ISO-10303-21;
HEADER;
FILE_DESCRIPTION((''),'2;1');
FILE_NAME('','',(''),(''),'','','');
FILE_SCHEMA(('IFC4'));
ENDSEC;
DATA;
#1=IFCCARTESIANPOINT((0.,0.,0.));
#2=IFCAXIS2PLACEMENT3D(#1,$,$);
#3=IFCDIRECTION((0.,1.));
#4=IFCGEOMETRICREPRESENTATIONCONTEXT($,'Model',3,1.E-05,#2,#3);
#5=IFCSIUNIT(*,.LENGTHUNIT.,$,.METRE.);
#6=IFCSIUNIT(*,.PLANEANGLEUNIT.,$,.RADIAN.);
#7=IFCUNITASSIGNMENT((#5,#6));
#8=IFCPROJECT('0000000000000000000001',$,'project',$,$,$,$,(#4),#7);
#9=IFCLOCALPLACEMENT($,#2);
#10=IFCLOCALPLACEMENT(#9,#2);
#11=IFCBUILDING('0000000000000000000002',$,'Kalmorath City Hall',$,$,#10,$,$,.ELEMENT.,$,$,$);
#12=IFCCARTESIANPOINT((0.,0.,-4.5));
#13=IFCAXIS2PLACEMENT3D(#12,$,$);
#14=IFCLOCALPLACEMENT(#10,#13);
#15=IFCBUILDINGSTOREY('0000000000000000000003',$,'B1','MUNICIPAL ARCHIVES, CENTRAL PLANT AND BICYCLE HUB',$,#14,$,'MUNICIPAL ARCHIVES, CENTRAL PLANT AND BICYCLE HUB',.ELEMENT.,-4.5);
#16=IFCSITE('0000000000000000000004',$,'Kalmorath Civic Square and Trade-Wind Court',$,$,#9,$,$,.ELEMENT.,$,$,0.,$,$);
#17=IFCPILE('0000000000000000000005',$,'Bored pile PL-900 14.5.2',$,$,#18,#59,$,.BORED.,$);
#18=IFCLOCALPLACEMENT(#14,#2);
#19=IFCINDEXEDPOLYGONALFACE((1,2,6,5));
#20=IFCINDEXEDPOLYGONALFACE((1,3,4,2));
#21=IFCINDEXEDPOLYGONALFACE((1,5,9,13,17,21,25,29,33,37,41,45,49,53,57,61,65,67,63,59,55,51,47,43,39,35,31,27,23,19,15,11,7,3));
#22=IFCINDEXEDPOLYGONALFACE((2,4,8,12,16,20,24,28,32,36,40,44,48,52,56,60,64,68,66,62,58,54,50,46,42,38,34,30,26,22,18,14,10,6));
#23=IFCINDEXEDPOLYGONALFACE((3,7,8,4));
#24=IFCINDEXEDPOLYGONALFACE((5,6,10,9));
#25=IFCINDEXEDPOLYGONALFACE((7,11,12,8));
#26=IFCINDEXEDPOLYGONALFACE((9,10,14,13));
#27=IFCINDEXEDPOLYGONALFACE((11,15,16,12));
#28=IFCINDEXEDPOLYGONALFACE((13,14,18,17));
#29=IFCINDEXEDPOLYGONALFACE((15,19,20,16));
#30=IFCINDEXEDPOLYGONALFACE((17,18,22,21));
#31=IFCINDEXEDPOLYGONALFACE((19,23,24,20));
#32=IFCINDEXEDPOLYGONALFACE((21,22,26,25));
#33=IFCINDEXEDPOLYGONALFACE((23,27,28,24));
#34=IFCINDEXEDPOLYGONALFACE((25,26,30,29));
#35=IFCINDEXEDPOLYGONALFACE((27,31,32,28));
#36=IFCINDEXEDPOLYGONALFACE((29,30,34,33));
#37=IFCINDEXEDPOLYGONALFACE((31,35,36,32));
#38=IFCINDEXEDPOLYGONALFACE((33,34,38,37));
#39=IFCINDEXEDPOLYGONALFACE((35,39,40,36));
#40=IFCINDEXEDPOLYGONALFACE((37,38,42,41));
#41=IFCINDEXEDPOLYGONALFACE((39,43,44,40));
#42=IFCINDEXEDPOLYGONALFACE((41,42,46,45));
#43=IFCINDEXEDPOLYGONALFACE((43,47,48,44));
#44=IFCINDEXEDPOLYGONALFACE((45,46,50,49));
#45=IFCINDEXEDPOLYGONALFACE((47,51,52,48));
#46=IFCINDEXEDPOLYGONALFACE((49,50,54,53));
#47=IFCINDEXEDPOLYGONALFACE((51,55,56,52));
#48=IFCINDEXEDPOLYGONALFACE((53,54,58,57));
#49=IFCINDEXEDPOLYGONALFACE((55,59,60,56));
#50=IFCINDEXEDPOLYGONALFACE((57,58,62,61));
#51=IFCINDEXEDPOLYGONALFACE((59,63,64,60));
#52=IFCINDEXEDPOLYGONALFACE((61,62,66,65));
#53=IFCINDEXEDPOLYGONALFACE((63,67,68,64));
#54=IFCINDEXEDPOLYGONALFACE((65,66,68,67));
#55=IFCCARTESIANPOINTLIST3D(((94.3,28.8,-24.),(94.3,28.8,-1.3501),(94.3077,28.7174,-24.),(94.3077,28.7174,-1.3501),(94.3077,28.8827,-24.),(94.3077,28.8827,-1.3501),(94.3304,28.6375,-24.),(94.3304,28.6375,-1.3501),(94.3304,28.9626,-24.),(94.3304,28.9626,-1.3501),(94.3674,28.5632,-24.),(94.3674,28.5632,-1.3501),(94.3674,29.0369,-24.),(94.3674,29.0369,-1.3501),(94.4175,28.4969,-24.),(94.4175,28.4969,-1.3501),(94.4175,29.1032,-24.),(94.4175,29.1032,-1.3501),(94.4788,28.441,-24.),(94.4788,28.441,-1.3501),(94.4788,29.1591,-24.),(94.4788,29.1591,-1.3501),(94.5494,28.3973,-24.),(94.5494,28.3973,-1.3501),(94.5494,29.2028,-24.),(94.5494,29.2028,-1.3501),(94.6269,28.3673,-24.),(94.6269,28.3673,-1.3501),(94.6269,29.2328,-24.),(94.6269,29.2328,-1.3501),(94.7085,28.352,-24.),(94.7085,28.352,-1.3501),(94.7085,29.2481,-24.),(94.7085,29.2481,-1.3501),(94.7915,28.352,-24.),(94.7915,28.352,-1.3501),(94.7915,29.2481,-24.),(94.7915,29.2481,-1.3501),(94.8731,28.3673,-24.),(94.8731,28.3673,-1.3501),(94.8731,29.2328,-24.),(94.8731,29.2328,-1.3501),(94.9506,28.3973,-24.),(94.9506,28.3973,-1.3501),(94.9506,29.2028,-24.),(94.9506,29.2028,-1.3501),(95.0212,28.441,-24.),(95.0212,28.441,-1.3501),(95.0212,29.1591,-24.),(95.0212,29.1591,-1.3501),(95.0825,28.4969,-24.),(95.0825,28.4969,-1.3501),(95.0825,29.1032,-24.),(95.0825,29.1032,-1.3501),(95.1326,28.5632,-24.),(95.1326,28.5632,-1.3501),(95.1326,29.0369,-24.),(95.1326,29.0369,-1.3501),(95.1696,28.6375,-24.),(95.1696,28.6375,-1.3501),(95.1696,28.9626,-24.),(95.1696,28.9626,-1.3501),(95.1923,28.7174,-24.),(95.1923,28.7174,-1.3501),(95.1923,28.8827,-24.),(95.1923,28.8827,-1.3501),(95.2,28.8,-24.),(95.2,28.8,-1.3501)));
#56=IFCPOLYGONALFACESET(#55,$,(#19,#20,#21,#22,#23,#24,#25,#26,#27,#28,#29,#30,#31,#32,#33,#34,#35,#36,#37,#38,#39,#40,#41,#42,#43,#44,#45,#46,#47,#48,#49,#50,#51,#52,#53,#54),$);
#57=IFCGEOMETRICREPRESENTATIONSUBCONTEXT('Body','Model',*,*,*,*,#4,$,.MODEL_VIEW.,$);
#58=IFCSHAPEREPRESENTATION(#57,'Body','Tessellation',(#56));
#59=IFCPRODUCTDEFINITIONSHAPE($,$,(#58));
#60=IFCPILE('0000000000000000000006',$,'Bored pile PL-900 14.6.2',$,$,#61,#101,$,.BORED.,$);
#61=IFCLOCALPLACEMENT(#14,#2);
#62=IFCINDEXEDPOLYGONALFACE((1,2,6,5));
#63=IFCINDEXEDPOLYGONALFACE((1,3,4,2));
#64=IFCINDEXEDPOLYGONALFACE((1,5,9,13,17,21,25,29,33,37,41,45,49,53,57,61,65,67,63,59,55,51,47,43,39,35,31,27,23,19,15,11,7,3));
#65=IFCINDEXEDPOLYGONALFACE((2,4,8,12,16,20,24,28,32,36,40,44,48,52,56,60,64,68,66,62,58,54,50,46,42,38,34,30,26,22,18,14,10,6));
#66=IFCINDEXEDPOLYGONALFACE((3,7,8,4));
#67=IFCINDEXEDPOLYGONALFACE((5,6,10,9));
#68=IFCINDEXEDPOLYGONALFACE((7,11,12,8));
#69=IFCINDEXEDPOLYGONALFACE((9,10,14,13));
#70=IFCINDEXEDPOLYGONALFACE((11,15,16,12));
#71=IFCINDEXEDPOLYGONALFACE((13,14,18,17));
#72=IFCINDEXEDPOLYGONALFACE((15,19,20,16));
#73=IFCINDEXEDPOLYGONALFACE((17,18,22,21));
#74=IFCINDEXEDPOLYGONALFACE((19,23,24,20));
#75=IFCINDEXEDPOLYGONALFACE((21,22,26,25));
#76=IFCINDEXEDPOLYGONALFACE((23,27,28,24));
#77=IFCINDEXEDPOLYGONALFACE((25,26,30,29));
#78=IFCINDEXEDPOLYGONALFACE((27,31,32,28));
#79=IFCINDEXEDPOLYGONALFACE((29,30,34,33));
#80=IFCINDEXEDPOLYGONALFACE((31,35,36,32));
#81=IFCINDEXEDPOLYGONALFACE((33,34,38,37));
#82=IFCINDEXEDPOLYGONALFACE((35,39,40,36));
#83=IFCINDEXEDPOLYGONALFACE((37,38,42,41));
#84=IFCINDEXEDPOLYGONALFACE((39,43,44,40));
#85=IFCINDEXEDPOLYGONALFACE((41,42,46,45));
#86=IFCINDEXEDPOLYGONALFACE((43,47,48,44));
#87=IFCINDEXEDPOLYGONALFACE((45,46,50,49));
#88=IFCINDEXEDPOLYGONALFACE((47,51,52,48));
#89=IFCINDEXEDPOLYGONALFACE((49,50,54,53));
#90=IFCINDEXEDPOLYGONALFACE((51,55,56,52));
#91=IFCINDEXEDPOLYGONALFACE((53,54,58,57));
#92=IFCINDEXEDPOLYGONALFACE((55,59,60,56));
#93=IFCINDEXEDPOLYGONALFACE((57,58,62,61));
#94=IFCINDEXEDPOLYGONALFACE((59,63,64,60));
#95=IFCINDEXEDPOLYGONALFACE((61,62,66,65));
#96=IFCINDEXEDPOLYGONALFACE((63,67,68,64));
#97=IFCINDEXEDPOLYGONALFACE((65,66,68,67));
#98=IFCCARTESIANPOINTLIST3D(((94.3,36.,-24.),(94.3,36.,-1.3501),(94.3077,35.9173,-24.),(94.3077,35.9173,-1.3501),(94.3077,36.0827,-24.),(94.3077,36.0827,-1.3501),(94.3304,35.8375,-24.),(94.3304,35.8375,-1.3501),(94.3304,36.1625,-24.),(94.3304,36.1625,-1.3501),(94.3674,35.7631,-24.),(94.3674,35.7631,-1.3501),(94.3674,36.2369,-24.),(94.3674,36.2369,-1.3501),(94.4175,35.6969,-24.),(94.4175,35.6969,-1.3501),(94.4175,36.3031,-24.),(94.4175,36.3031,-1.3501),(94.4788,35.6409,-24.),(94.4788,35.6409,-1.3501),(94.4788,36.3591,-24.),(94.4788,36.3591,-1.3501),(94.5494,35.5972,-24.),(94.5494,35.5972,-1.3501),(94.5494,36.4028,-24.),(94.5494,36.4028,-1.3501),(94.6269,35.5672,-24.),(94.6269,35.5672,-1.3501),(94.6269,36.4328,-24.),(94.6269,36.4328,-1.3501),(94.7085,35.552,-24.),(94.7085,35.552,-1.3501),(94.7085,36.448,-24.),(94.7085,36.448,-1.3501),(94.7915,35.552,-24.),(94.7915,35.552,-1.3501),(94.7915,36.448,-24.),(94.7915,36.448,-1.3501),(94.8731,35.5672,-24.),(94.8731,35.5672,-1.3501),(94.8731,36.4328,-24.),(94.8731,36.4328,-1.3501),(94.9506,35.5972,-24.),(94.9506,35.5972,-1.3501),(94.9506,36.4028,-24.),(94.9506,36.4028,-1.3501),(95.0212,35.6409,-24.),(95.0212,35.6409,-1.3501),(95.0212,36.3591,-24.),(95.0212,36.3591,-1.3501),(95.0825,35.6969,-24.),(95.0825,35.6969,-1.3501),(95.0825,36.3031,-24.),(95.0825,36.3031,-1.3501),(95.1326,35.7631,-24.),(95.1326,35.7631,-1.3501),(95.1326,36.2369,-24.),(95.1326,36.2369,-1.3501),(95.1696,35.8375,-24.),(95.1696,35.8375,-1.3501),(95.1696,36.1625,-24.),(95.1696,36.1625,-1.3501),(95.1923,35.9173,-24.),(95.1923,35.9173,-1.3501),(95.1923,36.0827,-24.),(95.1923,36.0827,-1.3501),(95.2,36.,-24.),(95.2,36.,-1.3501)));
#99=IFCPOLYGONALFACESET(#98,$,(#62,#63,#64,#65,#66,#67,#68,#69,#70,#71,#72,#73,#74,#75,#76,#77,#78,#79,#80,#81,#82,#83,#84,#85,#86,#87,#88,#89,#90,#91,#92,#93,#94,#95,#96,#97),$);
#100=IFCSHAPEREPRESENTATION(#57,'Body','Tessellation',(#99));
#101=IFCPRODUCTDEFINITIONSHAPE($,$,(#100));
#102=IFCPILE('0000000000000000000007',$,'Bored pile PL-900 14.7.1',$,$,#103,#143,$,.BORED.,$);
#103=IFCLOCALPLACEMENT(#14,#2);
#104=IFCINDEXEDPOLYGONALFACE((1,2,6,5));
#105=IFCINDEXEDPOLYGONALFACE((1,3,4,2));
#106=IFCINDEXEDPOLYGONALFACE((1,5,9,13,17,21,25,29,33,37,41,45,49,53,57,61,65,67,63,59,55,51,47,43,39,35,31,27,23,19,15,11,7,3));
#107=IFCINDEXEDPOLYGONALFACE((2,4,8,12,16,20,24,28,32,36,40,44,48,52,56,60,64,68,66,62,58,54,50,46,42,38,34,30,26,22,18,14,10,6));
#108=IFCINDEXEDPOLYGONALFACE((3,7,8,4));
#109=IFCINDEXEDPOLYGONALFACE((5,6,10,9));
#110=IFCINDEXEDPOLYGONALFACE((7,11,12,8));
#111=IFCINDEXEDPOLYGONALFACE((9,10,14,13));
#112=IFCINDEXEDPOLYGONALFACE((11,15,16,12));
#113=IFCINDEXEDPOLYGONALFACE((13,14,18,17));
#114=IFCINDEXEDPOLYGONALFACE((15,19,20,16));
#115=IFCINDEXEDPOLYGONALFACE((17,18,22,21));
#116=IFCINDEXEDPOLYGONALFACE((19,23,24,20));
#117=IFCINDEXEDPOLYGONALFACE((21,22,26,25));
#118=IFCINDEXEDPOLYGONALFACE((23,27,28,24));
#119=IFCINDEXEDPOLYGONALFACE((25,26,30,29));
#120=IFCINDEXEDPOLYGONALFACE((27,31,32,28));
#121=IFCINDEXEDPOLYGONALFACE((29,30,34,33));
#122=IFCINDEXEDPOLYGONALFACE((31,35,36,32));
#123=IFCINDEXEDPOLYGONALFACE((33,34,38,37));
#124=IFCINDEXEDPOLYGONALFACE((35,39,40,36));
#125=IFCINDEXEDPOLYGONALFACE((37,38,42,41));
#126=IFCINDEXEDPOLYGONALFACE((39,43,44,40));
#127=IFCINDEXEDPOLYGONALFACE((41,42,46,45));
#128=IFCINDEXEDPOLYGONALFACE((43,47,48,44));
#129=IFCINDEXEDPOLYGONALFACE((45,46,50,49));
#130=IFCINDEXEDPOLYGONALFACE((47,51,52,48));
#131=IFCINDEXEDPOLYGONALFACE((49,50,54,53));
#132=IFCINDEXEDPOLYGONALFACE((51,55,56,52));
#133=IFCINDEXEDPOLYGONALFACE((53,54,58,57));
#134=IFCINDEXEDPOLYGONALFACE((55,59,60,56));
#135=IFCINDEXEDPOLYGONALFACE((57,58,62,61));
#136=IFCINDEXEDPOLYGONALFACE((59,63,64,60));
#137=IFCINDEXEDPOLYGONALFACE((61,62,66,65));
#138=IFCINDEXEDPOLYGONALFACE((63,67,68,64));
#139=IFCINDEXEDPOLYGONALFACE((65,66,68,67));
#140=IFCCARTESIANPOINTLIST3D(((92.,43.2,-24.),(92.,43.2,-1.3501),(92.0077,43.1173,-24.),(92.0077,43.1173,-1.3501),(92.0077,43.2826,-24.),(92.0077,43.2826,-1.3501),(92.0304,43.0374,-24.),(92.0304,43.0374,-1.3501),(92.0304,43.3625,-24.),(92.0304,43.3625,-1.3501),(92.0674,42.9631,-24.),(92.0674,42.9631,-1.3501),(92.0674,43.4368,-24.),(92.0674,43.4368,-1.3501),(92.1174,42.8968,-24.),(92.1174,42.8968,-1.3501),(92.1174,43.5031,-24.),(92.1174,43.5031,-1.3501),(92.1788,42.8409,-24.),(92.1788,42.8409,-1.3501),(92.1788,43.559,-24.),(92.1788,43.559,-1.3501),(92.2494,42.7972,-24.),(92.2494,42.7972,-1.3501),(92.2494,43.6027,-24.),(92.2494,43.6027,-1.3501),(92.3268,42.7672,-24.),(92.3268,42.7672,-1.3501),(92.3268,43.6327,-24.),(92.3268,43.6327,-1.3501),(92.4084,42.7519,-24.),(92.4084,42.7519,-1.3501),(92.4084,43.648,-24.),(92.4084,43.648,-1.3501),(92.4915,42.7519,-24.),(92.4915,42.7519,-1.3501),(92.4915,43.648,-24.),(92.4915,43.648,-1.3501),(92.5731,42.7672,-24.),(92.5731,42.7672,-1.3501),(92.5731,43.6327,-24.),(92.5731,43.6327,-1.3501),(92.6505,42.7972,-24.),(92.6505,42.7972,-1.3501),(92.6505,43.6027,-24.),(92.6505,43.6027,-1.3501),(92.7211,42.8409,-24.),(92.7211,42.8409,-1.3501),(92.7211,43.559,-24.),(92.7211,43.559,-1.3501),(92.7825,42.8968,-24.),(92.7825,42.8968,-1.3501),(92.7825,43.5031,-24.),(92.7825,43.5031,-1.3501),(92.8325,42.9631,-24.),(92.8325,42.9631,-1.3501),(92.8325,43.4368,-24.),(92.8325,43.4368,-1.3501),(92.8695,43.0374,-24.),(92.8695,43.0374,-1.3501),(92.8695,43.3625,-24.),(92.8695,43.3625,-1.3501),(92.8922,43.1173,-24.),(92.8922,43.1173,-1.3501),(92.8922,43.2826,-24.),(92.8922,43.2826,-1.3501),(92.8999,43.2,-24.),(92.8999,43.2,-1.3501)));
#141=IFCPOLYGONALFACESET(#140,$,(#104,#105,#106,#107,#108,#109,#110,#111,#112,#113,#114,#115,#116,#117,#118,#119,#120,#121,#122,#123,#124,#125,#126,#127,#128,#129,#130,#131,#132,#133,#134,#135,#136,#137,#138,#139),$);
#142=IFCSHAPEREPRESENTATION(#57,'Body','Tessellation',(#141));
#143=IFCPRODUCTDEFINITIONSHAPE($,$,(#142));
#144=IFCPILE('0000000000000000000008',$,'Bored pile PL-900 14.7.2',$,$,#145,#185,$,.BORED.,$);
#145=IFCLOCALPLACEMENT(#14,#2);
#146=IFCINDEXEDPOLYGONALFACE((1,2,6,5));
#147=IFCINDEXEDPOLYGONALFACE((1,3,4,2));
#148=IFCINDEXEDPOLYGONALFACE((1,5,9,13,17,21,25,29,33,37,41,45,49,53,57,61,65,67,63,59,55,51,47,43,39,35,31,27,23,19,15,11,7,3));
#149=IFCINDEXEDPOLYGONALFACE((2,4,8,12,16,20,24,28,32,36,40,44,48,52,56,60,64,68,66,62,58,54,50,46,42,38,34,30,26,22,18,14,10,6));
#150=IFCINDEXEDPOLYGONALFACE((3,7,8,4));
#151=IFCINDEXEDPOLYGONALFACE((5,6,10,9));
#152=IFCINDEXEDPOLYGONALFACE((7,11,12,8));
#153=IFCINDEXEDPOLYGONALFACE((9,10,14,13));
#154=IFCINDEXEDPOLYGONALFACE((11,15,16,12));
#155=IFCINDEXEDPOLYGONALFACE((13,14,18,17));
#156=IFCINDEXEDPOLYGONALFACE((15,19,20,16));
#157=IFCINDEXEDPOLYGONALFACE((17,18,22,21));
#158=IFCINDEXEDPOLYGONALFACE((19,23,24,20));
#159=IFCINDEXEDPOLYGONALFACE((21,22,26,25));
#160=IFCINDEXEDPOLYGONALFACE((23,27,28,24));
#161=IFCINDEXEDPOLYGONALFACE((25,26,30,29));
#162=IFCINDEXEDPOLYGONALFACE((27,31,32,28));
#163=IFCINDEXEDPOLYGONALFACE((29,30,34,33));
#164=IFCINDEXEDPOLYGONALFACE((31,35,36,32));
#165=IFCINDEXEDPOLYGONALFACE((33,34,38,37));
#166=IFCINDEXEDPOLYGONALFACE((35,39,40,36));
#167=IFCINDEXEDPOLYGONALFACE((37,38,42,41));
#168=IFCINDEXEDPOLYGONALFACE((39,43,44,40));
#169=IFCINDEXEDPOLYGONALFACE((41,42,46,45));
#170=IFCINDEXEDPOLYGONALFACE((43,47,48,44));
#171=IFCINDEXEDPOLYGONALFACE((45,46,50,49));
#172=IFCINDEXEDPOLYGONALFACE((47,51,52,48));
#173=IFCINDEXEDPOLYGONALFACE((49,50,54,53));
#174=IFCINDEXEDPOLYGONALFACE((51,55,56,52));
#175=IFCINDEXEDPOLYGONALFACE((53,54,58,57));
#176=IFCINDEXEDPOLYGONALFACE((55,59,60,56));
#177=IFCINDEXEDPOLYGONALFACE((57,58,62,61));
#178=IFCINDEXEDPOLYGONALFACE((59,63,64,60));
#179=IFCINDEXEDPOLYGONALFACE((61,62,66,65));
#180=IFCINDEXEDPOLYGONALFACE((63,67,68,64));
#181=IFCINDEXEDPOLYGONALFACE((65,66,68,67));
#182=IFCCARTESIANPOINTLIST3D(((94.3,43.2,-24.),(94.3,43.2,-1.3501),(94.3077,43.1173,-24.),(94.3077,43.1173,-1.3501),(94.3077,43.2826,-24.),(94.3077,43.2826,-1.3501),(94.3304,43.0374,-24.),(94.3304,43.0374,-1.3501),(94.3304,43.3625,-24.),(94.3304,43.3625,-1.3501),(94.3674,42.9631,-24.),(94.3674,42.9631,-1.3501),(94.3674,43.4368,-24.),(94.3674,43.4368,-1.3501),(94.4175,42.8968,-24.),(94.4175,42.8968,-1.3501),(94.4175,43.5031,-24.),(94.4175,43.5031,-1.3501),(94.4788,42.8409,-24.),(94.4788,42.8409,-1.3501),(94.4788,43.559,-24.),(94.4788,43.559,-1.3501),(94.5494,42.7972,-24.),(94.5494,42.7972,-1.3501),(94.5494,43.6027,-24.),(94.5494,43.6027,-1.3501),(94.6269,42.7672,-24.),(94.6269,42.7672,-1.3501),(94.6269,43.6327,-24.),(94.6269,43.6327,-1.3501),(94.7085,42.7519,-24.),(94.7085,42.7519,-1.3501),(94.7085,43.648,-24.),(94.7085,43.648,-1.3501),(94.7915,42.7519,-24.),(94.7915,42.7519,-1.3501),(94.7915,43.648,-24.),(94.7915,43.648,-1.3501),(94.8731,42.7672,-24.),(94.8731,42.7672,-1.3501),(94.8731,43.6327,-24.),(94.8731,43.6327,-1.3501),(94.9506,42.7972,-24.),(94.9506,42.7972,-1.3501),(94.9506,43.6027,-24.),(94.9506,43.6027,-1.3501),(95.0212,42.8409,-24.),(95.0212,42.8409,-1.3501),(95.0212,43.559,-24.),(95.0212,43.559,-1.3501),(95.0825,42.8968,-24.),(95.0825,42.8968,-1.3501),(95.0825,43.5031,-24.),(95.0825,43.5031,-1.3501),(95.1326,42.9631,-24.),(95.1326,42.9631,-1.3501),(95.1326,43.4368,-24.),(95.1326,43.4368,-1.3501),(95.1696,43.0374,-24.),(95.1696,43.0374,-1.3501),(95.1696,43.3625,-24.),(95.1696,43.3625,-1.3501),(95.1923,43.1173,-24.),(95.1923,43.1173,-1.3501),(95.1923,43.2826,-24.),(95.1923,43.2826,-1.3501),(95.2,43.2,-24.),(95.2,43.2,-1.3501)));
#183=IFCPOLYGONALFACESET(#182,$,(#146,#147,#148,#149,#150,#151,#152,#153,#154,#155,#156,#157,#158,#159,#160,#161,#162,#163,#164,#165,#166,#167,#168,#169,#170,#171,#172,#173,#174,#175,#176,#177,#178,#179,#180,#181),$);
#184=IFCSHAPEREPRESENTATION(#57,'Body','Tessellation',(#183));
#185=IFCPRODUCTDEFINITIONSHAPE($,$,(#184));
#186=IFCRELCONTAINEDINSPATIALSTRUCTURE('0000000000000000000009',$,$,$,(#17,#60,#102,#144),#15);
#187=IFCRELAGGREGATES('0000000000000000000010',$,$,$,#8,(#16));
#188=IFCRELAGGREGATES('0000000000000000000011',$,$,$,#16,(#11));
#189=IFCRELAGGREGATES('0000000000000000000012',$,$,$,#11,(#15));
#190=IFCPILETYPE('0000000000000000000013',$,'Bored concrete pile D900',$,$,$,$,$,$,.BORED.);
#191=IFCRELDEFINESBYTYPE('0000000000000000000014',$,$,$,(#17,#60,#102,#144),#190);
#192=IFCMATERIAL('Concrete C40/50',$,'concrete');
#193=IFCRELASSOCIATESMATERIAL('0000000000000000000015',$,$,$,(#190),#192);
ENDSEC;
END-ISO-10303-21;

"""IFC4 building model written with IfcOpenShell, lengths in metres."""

from ifc_helpers import new_model, si_unit, direction, frame, origin, origin_2d, place, context, subcontext, project, spatial, circle, extrude, material, material_profile, profile_set, type_object, element, save


model = new_model("IFC4")

# Units and contexts
model_context = context("Model", 3, precision=1e-05, world=origin(), true_north=direction((0.0, 1.0)))
body_context = subcontext(model_context, "Body", "Model", "MODEL_VIEW")
ifc_project = project(units=[si_unit("LENGTHUNIT", "METRE"), si_unit("PLANEANGLEUNIT", "RADIAN")], contexts=[model_context])

# Site, building, storey
site_placement = place(None, origin())
site = spatial("IfcSite", under=ifc_project, at=site_placement, Name="Kalmorath Civic Square and Trade-Wind Court", CompositionType="ELEMENT", RefElevation=0.0)
building_placement = place(site_placement, origin())
building = spatial("IfcBuilding", under=site, at=building_placement, Name="Kalmorath City Hall", CompositionType="ELEMENT")
storey_placement = place(building_placement, frame((0.0, 0.0, -4.5)))
storey = spatial("IfcBuildingStorey", under=building, at=storey_placement, Name="B1", Description="MUNICIPAL ARCHIVES, CENTRAL PLANT AND BICYCLE HUB", LongName="MUNICIPAL ARCHIVES, CENTRAL PLANT AND BICYCLE HUB", CompositionType="ELEMENT", Elevation=-4.5)

# Piles
ifc_material_1 = material(Name="Concrete C40/50", Category="concrete")
ifc_material_profile_1 = material_profile(ifc_material_1, circle(Radius=0.45, at=origin_2d()), Name="PILE-D900")
ifc_profile_set_1 = profile_set([ifc_material_profile_1], Name="Concrete C40/50")
pile_type = type_object("IfcPileType", Name="Bored concrete pile D900", PredefinedType="BORED", material=ifc_profile_set_1)
for number, where, z_axis, x_axis, name in (
    (1, (94.75, 28.8, -1.3501), (0.0, 0.0, -1.0), (1.0, 0.0, 0.0), "Bored pile PL-900 14.5.2"),
    (2, (94.75, 36.0, -1.3501), (0.0, 0.0, -1.0), (1.0, 0.0, 0.0), "Bored pile PL-900 14.6.2"),
    (3, (92.45, 43.2, -1.3501), (0.0, 0.0, -1.0), (1.0, 0.0, 0.0), "Bored pile PL-900 14.7.1"),
    (4, (94.75, 43.2, -1.3501), (0.0, 0.0, -1.0), (1.0, 0.0, 0.0), "Bored pile PL-900 14.7.2"),
):
    element("IfcPile", number, at=place(storey_placement, frame(where, z_axis=z_axis, x_axis=x_axis)), inside=storey, type_object=pile_type, Name=name, PredefinedType="BORED", context=body_context, shape_type="SweptSolid", body=[
        extrude(circle(Radius=0.45, at=origin_2d()), origin(), (0.0, 0.0, 1.0), 22.6499),
    ])

save(model, "model.ifc")
